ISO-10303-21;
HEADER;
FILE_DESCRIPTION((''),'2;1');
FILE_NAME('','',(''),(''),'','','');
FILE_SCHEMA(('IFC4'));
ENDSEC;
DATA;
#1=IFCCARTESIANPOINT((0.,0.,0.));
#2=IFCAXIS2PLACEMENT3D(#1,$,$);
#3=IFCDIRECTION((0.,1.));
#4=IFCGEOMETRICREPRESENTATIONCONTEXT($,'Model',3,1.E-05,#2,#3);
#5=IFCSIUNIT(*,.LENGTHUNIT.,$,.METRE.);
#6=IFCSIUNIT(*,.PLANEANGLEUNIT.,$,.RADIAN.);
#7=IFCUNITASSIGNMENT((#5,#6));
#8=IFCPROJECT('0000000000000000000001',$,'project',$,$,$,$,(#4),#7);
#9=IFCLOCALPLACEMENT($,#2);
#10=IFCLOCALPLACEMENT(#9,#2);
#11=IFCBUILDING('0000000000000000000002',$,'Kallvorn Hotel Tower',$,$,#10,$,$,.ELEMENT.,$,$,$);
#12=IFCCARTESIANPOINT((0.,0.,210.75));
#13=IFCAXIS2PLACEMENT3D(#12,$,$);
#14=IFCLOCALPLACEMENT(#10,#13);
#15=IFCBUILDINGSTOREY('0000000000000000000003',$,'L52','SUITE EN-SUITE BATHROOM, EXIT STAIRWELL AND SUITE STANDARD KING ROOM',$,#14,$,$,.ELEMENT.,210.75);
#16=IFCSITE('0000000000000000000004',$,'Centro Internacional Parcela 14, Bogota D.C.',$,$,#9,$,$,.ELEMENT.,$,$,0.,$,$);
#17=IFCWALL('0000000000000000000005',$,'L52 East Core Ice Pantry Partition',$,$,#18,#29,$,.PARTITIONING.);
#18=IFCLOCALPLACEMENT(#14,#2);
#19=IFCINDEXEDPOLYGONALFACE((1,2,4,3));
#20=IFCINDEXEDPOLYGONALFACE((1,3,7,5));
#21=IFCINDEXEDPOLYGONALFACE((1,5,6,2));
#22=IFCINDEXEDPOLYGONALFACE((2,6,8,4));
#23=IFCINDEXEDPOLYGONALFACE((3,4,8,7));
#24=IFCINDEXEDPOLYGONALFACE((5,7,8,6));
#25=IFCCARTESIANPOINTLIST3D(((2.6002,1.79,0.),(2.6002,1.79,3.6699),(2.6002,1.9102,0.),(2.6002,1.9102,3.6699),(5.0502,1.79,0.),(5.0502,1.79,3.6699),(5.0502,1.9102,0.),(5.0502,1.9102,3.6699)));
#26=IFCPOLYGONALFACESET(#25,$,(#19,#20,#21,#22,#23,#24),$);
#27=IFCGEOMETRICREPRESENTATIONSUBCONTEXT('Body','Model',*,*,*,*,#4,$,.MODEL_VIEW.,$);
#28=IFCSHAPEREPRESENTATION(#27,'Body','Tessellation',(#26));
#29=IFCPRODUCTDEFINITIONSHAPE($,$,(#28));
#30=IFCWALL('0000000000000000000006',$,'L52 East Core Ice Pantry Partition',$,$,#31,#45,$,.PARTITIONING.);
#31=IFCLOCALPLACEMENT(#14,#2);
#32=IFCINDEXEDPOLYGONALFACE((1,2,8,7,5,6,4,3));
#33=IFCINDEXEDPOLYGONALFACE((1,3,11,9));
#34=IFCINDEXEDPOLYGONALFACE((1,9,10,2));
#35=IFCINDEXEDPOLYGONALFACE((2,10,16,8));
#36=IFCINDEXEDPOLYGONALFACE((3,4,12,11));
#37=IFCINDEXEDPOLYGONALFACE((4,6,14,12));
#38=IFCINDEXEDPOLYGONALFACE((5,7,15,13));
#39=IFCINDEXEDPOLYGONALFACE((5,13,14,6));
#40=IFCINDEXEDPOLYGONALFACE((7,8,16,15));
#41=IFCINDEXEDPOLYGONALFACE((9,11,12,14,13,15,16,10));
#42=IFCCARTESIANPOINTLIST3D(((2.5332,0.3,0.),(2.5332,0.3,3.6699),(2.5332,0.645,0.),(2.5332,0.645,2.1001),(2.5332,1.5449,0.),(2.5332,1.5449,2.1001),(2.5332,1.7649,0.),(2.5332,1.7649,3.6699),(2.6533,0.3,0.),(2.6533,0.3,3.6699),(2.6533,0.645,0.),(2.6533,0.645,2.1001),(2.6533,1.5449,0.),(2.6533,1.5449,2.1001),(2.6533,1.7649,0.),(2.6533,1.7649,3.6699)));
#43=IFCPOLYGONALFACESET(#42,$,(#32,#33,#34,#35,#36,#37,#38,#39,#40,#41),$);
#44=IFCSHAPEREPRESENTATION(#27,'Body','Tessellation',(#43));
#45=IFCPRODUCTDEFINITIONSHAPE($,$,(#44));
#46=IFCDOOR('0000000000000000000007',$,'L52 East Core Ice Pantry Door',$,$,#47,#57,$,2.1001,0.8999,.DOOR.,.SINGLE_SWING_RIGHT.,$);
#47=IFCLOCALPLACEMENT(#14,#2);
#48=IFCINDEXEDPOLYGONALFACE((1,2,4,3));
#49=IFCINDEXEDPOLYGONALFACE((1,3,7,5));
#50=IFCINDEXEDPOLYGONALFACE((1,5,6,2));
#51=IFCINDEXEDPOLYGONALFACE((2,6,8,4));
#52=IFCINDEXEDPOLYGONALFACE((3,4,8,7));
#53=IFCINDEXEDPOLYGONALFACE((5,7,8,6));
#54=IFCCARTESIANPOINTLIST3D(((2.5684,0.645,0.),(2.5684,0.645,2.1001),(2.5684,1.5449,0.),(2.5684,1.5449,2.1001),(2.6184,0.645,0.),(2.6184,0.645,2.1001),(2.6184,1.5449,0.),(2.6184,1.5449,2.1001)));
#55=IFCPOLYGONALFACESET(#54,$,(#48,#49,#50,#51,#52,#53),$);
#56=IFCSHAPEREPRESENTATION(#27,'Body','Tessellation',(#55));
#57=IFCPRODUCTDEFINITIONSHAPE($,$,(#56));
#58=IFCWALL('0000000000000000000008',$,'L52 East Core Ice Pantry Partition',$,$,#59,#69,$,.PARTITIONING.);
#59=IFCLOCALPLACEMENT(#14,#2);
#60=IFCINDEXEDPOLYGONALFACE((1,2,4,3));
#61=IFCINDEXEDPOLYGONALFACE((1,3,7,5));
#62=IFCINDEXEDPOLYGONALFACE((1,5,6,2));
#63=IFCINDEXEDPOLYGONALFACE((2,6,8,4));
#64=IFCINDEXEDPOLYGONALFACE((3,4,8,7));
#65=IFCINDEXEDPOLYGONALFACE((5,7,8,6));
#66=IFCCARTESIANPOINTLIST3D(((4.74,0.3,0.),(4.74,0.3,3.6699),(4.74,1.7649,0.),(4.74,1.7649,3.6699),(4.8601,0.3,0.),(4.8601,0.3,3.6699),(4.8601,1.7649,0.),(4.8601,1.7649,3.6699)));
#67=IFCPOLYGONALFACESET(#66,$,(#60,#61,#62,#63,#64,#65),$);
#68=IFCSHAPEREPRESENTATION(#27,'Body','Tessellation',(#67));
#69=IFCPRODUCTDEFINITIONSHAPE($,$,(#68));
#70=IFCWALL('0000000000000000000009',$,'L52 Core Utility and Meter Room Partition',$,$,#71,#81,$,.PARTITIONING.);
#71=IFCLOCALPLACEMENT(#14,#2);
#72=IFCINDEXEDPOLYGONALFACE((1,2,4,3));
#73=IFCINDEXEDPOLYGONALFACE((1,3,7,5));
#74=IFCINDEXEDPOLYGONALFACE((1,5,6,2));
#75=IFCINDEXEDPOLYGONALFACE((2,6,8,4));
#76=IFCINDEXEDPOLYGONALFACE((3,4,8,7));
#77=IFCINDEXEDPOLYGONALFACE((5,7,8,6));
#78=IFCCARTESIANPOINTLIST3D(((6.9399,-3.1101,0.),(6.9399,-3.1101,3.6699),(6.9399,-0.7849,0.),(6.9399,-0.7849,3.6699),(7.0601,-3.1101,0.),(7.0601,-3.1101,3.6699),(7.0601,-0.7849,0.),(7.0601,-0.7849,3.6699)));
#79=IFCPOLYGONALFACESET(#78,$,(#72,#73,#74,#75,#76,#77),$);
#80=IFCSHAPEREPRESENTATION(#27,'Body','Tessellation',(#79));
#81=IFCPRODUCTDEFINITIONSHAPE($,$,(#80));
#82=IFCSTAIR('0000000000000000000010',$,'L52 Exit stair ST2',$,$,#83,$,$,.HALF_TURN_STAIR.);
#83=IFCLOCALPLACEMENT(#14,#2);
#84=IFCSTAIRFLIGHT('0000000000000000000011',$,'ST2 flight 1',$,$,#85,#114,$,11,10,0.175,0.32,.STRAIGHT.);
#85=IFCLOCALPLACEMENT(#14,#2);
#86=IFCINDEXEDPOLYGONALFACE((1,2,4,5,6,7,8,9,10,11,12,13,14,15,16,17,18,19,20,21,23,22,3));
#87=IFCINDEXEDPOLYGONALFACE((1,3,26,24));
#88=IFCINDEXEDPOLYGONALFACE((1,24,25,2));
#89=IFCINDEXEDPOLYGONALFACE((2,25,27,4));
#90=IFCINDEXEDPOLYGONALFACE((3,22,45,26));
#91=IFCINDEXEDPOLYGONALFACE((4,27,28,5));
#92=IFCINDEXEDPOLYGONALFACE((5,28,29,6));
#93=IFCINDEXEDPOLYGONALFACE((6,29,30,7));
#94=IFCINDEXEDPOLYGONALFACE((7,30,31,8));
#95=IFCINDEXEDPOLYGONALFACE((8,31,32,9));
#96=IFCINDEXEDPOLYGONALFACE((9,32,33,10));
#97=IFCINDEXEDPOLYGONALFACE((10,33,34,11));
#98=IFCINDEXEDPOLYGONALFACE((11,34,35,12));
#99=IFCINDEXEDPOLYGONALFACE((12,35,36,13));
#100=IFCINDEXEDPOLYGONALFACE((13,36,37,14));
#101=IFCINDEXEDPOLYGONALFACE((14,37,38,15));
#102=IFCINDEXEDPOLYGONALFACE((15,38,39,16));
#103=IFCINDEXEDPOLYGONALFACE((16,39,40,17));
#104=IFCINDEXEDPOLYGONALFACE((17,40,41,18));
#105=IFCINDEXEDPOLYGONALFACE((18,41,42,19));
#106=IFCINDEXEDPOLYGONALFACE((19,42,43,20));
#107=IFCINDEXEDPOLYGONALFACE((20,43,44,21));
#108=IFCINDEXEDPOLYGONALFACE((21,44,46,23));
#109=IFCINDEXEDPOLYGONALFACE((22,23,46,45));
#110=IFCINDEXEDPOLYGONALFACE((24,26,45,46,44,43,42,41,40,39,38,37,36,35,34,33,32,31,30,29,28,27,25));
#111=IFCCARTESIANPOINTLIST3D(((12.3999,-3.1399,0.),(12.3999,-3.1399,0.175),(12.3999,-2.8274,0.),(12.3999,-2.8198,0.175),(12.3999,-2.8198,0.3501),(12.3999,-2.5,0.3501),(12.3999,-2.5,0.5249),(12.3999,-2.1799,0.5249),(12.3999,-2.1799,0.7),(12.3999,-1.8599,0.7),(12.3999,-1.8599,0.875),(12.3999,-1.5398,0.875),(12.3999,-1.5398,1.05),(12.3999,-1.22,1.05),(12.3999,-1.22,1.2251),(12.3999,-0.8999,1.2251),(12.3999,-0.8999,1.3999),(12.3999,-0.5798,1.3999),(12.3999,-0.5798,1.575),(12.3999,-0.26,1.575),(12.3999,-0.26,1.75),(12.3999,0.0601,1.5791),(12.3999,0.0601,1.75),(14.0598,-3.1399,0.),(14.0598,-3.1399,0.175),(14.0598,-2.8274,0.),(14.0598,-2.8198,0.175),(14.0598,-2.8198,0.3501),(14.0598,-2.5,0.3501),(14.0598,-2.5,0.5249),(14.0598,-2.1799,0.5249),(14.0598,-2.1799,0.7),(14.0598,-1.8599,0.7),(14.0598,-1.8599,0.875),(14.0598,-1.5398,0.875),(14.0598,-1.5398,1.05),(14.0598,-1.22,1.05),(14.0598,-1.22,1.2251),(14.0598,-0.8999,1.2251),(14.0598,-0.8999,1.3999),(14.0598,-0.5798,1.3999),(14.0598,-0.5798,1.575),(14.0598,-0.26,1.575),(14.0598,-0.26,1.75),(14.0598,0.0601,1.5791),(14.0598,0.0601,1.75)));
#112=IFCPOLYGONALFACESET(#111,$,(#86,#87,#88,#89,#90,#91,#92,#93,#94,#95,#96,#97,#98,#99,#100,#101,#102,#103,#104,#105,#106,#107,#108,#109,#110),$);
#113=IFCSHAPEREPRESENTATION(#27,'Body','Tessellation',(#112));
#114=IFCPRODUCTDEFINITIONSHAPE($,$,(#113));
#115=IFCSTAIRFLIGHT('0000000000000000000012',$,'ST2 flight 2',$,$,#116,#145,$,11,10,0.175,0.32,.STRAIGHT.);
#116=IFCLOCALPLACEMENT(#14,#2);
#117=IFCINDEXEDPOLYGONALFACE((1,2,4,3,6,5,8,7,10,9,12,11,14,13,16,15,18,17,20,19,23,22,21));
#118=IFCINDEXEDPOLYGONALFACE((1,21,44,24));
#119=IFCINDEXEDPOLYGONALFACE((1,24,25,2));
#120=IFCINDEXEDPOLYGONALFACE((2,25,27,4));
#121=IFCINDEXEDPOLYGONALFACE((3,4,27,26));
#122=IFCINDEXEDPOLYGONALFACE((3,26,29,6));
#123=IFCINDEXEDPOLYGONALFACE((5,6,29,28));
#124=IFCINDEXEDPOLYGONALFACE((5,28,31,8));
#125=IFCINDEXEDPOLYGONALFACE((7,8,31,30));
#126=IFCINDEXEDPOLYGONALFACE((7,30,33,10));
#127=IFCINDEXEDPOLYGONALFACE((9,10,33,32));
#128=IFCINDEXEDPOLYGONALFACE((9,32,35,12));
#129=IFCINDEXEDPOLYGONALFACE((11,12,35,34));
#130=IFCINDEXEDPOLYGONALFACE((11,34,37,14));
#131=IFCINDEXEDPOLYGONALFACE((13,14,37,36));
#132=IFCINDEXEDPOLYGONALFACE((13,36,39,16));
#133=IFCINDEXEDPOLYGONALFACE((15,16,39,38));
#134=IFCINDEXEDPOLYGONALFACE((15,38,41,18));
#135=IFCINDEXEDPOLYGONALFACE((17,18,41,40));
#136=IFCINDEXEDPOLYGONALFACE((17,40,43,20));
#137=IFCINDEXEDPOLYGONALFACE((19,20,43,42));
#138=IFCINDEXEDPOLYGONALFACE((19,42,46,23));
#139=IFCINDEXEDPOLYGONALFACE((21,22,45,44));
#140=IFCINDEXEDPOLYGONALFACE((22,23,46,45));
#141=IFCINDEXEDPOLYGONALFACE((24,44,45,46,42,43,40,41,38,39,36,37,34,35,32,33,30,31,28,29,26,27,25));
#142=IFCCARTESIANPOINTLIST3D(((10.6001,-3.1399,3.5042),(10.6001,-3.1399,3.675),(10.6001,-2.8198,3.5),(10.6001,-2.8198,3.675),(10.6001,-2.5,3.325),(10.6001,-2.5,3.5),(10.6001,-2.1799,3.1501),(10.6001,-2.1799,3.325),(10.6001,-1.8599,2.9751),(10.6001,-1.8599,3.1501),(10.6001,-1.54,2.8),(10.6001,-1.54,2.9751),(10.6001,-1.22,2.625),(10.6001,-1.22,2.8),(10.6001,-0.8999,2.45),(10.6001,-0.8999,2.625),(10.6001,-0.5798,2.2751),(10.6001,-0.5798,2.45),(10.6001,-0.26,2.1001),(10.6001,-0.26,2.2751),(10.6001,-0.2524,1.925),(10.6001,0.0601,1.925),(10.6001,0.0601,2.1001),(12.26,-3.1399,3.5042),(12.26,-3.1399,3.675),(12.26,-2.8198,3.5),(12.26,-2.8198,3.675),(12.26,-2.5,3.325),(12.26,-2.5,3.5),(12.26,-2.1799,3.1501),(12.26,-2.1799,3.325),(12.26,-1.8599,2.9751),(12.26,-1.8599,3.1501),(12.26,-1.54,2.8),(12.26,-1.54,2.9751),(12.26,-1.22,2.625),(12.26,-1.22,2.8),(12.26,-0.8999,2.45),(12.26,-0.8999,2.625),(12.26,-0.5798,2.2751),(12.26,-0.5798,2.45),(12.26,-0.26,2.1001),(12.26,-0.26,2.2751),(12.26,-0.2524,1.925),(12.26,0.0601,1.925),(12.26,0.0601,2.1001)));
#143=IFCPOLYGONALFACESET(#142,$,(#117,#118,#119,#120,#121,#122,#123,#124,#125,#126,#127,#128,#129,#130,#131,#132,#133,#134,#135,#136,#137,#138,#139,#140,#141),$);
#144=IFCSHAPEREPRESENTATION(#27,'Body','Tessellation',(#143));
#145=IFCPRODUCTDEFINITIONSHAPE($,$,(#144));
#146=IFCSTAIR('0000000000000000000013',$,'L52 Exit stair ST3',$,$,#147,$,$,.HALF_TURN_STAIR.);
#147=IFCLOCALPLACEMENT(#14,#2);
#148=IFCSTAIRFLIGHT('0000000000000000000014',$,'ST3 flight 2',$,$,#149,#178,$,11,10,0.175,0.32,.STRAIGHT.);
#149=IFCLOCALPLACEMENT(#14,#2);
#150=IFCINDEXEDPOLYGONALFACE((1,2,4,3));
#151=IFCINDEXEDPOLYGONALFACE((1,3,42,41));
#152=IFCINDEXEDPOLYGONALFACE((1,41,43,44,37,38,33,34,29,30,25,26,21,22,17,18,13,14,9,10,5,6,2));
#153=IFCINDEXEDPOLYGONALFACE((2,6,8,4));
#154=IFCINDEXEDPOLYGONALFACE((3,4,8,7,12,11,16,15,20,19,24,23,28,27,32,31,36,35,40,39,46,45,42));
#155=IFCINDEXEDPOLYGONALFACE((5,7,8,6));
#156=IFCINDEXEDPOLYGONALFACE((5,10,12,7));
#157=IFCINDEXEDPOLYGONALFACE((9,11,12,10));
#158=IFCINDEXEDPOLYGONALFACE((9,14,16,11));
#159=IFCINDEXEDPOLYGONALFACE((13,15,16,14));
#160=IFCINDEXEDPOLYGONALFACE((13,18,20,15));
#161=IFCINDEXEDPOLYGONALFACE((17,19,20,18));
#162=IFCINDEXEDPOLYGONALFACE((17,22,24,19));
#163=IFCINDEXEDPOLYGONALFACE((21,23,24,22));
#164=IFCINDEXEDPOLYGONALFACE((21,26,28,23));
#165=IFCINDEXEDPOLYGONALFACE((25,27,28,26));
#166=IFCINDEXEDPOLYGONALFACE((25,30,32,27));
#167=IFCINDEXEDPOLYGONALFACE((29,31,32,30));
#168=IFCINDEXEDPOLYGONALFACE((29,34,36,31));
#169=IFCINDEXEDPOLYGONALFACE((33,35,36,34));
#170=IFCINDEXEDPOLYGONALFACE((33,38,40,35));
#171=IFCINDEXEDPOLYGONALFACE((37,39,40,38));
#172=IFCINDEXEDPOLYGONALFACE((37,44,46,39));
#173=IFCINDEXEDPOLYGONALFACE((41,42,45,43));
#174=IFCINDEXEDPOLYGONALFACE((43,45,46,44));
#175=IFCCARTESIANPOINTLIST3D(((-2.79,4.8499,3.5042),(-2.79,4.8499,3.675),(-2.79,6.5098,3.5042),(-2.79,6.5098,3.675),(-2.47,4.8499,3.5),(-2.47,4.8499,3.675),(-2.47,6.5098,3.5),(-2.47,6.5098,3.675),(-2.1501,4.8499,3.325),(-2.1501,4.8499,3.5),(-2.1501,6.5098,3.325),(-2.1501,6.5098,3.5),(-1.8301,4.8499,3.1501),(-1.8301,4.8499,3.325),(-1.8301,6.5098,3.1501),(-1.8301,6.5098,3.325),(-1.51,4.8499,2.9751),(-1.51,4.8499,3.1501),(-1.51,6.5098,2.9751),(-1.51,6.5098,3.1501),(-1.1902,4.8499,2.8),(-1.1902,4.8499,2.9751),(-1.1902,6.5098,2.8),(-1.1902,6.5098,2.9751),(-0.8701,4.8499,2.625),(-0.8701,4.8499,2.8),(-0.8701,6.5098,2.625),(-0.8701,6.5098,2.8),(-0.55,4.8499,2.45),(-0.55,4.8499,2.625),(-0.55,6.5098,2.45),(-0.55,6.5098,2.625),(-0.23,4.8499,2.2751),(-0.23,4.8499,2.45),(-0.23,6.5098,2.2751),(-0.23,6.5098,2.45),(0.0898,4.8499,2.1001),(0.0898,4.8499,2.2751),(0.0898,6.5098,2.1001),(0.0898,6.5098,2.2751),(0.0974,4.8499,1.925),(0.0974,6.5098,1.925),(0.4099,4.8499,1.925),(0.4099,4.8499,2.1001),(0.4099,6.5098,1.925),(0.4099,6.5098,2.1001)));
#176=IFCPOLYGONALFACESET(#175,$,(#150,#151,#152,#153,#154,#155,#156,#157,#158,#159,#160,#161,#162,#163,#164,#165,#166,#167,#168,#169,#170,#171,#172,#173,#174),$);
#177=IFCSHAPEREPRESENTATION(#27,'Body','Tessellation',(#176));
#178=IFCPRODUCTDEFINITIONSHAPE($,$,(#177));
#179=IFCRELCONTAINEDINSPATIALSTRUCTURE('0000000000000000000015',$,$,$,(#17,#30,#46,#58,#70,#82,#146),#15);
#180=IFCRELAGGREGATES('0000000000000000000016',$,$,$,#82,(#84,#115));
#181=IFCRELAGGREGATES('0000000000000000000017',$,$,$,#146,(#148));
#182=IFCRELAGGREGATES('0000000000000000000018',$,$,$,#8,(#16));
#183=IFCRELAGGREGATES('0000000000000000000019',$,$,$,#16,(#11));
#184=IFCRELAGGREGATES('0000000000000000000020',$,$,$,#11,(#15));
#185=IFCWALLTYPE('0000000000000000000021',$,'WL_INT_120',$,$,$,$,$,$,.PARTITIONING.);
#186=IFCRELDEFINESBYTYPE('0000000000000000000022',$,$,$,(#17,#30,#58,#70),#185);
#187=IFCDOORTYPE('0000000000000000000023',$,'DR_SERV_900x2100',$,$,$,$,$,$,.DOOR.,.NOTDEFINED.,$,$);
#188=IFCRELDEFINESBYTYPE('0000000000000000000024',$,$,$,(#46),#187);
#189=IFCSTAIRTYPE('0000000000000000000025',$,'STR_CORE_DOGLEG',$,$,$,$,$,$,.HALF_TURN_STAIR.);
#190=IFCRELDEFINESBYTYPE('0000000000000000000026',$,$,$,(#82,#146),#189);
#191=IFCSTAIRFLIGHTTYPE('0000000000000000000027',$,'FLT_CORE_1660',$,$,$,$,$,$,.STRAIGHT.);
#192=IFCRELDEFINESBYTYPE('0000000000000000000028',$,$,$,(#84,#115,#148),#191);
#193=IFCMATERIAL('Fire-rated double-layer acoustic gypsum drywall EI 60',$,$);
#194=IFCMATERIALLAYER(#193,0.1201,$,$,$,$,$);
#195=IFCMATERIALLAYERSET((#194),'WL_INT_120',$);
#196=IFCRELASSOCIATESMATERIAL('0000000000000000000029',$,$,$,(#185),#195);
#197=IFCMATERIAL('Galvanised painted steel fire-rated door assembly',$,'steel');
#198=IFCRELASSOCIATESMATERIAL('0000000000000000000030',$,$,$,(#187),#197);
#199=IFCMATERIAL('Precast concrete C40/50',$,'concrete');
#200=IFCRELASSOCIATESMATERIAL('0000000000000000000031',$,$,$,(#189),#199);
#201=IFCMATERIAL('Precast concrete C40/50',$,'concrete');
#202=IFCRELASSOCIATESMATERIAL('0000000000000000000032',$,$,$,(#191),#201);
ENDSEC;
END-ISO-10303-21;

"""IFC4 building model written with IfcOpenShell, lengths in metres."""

from ifc_helpers import new_model, si_unit, direction, frame, frame_2d, origin, place, context, subcontext, project, spatial, polyline, rectangle, outline, extrude, material, layer, layer_set, type_object, element, fill, aggregate, save


model = new_model("IFC4")

# Units and contexts
model_context = context("Model", 3, precision=1e-05, world=origin(), true_north=direction((0.0, 1.0)))
body_context = subcontext(model_context, "Body", "Model", "MODEL_VIEW")
ifc_project = project(units=[si_unit("LENGTHUNIT", "METRE"), si_unit("PLANEANGLEUNIT", "RADIAN")], contexts=[model_context])

# Site, building, storey
site_placement = place(None, origin())
site = spatial("IfcSite", under=ifc_project, at=site_placement, Name="Centro Internacional Parcela 14, Bogota D.C.", CompositionType="ELEMENT", RefElevation=0.0)
building_placement = place(site_placement, origin())
building = spatial("IfcBuilding", under=site, at=building_placement, Name="Kallvorn Hotel Tower", CompositionType="ELEMENT")
storey_placement = place(building_placement, frame((0.0, 0.0, 210.75)))
storey = spatial("IfcBuildingStorey", under=building, at=storey_placement, Name="L52", Description="SUITE EN-SUITE BATHROOM, EXIT STAIRWELL AND SUITE STANDARD KING ROOM", CompositionType="ELEMENT", Elevation=210.75)

# Wall
ifc_material_1 = material(Name="Fire-rated double-layer acoustic gypsum drywall EI 60")
ifc_layer_1 = layer(ifc_material_1, 0.1201)
ifc_layer_set_1 = layer_set([ifc_layer_1], Name="WL_INT_120")
wall_type_1 = type_object("IfcWallType", Name="WL_INT_120", PredefinedType="PARTITIONING", material=ifc_layer_set_1)
wall_1_placement = place(storey_placement, frame((2.6001, 1.8501, 0.0), z_axis=(0.0, 0.0, 1.0), x_axis=(1.0, 0.0, 0.0)))
element("IfcWall", 1, at=wall_1_placement, inside=storey, type_object=wall_type_1, Name="L52 East Core Ice Pantry Partition", PredefinedType="PARTITIONING", context=body_context, shape_type="SweptSolid", body=[
    extrude(rectangle(XDim=2.45, YDim=0.1201, at=frame_2d((1.2251, 0.0))), origin(), (0.0, 0.0, 1.0), 3.6699),
])

# Wall, opening, door
wall_2_placement = place(storey_placement, frame((2.5933, 0.3, 0.0), z_axis=(0.0, 0.0, 1.0), x_axis=(0.0, 1.0, 0.0)))
wall_2 = element("IfcWall", 2, at=wall_2_placement, inside=storey, type_object=wall_type_1, Name="L52 East Core Ice Pantry Partition", PredefinedType="PARTITIONING", context=body_context, shape_type="SweptSolid", body=[
    extrude(rectangle(XDim=1.4648, YDim=0.1201, at=frame_2d((0.7324, 0.0))), origin(), (0.0, 0.0, 1.0), 3.6699),
])
opening_1_placement = place(wall_2_placement, frame((0.345, 0.0, 0.0)))
opening_1 = element("IfcOpeningElement", 3, at=opening_1_placement, cuts=wall_2, PredefinedType="OPENING", context=body_context, shape_type="SweptSolid", body=[
    extrude(rectangle(XDim=0.8999, YDim=2.1001, at=frame_2d((0.45, 1.05))), frame((0.0, 0.075, 0.0), z_axis=(0.0, -1.0, 0.0), x_axis=(1.0, 0.0, 0.0)), (0.0, 0.0, 1.0), 0.1501),
])
ifc_material_2 = material(Name="Galvanised painted steel fire-rated door assembly", Category="steel")
door_type_1 = type_object("IfcDoorType", Name="DR_SERV_900x2100", OperationType="NOTDEFINED", PredefinedType="DOOR", material=ifc_material_2)
door_1_placement = place(opening_1_placement, origin())
door_1 = element("IfcDoor", 4, at=door_1_placement, inside=storey, type_object=door_type_1, Name="L52 East Core Ice Pantry Door", OperationType="SINGLE_SWING_RIGHT", OverallHeight=2.1001, OverallWidth=0.8999, PredefinedType="DOOR", context=body_context, shape_type="SweptSolid", body=[
    extrude(rectangle(XDim=0.8999, YDim=2.1001, at=frame_2d((0.45, 1.05))), frame((0.0, 0.0249, 0.0), z_axis=(0.0, -1.0, 0.0), x_axis=(1.0, 0.0, 0.0)), (0.0, 0.0, 1.0), 0.05),
])
fill(opening_1, door_1)

# Walls
wall_3_placement = place(storey_placement, frame((4.8, 0.3, 0.0), z_axis=(0.0, 0.0, 1.0), x_axis=(0.0, 1.0, 0.0)))
element("IfcWall", 5, at=wall_3_placement, inside=storey, type_object=wall_type_1, Name="L52 East Core Ice Pantry Partition", PredefinedType="PARTITIONING", context=body_context, shape_type="SweptSolid", body=[
    extrude(rectangle(XDim=1.4648, YDim=0.1201, at=frame_2d((0.7324, 0.0))), origin(), (0.0, 0.0, 1.0), 3.6699),
])
wall_4_placement = place(storey_placement, frame((7.0, -3.1101, 0.0), z_axis=(0.0, 0.0, 1.0), x_axis=(0.0, 1.0, 0.0)))
element("IfcWall", 6, at=wall_4_placement, inside=storey, type_object=wall_type_1, Name="L52 Core Utility and Meter Room Partition", PredefinedType="PARTITIONING", context=body_context, shape_type="SweptSolid", body=[
    extrude(rectangle(XDim=2.3252, YDim=0.1201, at=frame_2d((1.1626, 0.0))), origin(), (0.0, 0.0, 1.0), 3.6699),
])

# Stair, stair flights
ifc_material_3 = material(Name="Precast concrete C40/50", Category="concrete")
stair_type = type_object("IfcStairType", Name="STR_CORE_DOGLEG", PredefinedType="HALF_TURN_STAIR", material=ifc_material_3)
stair_1_placement = place(storey_placement, origin())
stair_1 = element("IfcStair", 7, at=stair_1_placement, inside=storey, type_object=stair_type, Name="L52 Exit stair ST2", PredefinedType="HALF_TURN_STAIR")
ifc_material_4 = material(Name="Precast concrete C40/50", Category="concrete")
stair_flight_type = type_object("IfcStairFlightType", Name="FLT_CORE_1660", PredefinedType="STRAIGHT", material=ifc_material_4)
stair_flight_1_placement = place(storey_placement, frame((13.23, -3.1399, 0.0), z_axis=(0.0, 0.0, 1.0), x_axis=(0.0, 1.0, 0.0)))
stair_flight_1 = element("IfcStairFlight", 8, at=stair_flight_1_placement, type_object=stair_flight_type, Name="ST2 flight 1", NumberOfRisers=11, NumberOfTreads=10, PredefinedType="STRAIGHT", RiserHeight=0.175, TreadLength=0.32, context=body_context, shape_type="SweptSolid", body=[
    extrude(outline(polyline([(0.0, 0.0), (0.0, 0.175), (0.3201, 0.175), (0.3201, 0.3501), (0.6399, 0.3501), (0.6399, 0.5249), (0.96, 0.5249), (0.96, 0.7), (1.28, 0.7), (1.28, 0.875), (1.6001, 0.875), (1.6001, 1.05), (1.9199, 1.05), (1.9199, 1.2251), (2.24, 1.2251), (2.24, 1.3999), (2.5601, 1.3999), (2.5601, 1.575), (2.8799, 1.575), (2.8799, 1.75), (3.2, 1.75), (3.2, 1.925), (3.2, 1.5791), (0.3125, 0.0), (0.0, 0.0)])), frame((0.0, 0.8301, 0.0), z_axis=(0.0, -1.0, 0.0), x_axis=(1.0, 0.0, 0.0)), (0.0, 0.0, 1.0), 1.6599),
])
stair_flight_2_placement = place(storey_placement, frame((11.4299, 0.0601, 1.925), z_axis=(0.0, 0.0, 1.0), x_axis=(0.0, -1.0, 0.0)))
stair_flight_2 = element("IfcStairFlight", 9, at=stair_flight_2_placement, type_object=stair_flight_type, Name="ST2 flight 2", NumberOfRisers=11, NumberOfTreads=10, PredefinedType="STRAIGHT", RiserHeight=0.175, TreadLength=0.32, context=body_context, shape_type="SweptSolid", body=[
    extrude(outline(polyline([(0.0, 0.0), (0.0, 0.175), (0.3201, 0.175), (0.3201, 0.3501), (0.6399, 0.3501), (0.6399, 0.5249), (0.96, 0.5249), (0.96, 0.7), (1.28, 0.7), (1.28, 0.875), (1.6001, 0.875), (1.6001, 1.05), (1.9199, 1.05), (1.9199, 1.2251), (2.24, 1.2251), (2.24, 1.3999), (2.5601, 1.3999), (2.5601, 1.575), (2.8799, 1.575), (2.8799, 1.75), (3.2, 1.75), (3.2, 1.925), (3.2, 1.5791), (0.3125, 0.0), (0.0, 0.0)])), frame((0.0, 0.8301, 0.0), z_axis=(0.0, -1.0, 0.0), x_axis=(1.0, 0.0, 0.0)), (0.0, 0.0, 1.0), 1.6599),
])
aggregate(stair_1, [stair_flight_1, stair_flight_2])

# Stair, stair flight
stair_2_placement = place(storey_placement, origin())
stair_2 = element("IfcStair", 10, at=stair_2_placement, inside=storey, type_object=stair_type, Name="L52 Exit stair ST3", PredefinedType="HALF_TURN_STAIR")
stair_flight_3_placement = place(storey_placement, frame((0.4099, 5.6799, 1.925), z_axis=(0.0, 0.0, 1.0), x_axis=(-1.0, 0.0, 0.0)))
stair_flight_3 = element("IfcStairFlight", 11, at=stair_flight_3_placement, type_object=stair_flight_type, Name="ST3 flight 2", NumberOfRisers=11, NumberOfTreads=10, PredefinedType="STRAIGHT", RiserHeight=0.175, TreadLength=0.32, context=body_context, shape_type="SweptSolid", body=[
    extrude(outline(polyline([(0.0, 0.0), (0.0, 0.175), (0.3201, 0.175), (0.3201, 0.3501), (0.6399, 0.3501), (0.6399, 0.5249), (0.96, 0.5249), (0.96, 0.7), (1.28, 0.7), (1.28, 0.875), (1.6001, 0.875), (1.6001, 1.05), (1.9199, 1.05), (1.9199, 1.2251), (2.24, 1.2251), (2.24, 1.3999), (2.5601, 1.3999), (2.5601, 1.575), (2.8799, 1.575), (2.8799, 1.75), (3.2, 1.75), (3.2, 1.925), (3.2, 1.5791), (0.3125, 0.0), (0.0, 0.0)])), frame((0.0, 0.8301, 0.0), z_axis=(0.0, -1.0, 0.0), x_axis=(1.0, 0.0, 0.0)), (0.0, 0.0, 1.0), 1.6599),
])
aggregate(stair_2, [stair_flight_3])

save(model, "model.ifc")
